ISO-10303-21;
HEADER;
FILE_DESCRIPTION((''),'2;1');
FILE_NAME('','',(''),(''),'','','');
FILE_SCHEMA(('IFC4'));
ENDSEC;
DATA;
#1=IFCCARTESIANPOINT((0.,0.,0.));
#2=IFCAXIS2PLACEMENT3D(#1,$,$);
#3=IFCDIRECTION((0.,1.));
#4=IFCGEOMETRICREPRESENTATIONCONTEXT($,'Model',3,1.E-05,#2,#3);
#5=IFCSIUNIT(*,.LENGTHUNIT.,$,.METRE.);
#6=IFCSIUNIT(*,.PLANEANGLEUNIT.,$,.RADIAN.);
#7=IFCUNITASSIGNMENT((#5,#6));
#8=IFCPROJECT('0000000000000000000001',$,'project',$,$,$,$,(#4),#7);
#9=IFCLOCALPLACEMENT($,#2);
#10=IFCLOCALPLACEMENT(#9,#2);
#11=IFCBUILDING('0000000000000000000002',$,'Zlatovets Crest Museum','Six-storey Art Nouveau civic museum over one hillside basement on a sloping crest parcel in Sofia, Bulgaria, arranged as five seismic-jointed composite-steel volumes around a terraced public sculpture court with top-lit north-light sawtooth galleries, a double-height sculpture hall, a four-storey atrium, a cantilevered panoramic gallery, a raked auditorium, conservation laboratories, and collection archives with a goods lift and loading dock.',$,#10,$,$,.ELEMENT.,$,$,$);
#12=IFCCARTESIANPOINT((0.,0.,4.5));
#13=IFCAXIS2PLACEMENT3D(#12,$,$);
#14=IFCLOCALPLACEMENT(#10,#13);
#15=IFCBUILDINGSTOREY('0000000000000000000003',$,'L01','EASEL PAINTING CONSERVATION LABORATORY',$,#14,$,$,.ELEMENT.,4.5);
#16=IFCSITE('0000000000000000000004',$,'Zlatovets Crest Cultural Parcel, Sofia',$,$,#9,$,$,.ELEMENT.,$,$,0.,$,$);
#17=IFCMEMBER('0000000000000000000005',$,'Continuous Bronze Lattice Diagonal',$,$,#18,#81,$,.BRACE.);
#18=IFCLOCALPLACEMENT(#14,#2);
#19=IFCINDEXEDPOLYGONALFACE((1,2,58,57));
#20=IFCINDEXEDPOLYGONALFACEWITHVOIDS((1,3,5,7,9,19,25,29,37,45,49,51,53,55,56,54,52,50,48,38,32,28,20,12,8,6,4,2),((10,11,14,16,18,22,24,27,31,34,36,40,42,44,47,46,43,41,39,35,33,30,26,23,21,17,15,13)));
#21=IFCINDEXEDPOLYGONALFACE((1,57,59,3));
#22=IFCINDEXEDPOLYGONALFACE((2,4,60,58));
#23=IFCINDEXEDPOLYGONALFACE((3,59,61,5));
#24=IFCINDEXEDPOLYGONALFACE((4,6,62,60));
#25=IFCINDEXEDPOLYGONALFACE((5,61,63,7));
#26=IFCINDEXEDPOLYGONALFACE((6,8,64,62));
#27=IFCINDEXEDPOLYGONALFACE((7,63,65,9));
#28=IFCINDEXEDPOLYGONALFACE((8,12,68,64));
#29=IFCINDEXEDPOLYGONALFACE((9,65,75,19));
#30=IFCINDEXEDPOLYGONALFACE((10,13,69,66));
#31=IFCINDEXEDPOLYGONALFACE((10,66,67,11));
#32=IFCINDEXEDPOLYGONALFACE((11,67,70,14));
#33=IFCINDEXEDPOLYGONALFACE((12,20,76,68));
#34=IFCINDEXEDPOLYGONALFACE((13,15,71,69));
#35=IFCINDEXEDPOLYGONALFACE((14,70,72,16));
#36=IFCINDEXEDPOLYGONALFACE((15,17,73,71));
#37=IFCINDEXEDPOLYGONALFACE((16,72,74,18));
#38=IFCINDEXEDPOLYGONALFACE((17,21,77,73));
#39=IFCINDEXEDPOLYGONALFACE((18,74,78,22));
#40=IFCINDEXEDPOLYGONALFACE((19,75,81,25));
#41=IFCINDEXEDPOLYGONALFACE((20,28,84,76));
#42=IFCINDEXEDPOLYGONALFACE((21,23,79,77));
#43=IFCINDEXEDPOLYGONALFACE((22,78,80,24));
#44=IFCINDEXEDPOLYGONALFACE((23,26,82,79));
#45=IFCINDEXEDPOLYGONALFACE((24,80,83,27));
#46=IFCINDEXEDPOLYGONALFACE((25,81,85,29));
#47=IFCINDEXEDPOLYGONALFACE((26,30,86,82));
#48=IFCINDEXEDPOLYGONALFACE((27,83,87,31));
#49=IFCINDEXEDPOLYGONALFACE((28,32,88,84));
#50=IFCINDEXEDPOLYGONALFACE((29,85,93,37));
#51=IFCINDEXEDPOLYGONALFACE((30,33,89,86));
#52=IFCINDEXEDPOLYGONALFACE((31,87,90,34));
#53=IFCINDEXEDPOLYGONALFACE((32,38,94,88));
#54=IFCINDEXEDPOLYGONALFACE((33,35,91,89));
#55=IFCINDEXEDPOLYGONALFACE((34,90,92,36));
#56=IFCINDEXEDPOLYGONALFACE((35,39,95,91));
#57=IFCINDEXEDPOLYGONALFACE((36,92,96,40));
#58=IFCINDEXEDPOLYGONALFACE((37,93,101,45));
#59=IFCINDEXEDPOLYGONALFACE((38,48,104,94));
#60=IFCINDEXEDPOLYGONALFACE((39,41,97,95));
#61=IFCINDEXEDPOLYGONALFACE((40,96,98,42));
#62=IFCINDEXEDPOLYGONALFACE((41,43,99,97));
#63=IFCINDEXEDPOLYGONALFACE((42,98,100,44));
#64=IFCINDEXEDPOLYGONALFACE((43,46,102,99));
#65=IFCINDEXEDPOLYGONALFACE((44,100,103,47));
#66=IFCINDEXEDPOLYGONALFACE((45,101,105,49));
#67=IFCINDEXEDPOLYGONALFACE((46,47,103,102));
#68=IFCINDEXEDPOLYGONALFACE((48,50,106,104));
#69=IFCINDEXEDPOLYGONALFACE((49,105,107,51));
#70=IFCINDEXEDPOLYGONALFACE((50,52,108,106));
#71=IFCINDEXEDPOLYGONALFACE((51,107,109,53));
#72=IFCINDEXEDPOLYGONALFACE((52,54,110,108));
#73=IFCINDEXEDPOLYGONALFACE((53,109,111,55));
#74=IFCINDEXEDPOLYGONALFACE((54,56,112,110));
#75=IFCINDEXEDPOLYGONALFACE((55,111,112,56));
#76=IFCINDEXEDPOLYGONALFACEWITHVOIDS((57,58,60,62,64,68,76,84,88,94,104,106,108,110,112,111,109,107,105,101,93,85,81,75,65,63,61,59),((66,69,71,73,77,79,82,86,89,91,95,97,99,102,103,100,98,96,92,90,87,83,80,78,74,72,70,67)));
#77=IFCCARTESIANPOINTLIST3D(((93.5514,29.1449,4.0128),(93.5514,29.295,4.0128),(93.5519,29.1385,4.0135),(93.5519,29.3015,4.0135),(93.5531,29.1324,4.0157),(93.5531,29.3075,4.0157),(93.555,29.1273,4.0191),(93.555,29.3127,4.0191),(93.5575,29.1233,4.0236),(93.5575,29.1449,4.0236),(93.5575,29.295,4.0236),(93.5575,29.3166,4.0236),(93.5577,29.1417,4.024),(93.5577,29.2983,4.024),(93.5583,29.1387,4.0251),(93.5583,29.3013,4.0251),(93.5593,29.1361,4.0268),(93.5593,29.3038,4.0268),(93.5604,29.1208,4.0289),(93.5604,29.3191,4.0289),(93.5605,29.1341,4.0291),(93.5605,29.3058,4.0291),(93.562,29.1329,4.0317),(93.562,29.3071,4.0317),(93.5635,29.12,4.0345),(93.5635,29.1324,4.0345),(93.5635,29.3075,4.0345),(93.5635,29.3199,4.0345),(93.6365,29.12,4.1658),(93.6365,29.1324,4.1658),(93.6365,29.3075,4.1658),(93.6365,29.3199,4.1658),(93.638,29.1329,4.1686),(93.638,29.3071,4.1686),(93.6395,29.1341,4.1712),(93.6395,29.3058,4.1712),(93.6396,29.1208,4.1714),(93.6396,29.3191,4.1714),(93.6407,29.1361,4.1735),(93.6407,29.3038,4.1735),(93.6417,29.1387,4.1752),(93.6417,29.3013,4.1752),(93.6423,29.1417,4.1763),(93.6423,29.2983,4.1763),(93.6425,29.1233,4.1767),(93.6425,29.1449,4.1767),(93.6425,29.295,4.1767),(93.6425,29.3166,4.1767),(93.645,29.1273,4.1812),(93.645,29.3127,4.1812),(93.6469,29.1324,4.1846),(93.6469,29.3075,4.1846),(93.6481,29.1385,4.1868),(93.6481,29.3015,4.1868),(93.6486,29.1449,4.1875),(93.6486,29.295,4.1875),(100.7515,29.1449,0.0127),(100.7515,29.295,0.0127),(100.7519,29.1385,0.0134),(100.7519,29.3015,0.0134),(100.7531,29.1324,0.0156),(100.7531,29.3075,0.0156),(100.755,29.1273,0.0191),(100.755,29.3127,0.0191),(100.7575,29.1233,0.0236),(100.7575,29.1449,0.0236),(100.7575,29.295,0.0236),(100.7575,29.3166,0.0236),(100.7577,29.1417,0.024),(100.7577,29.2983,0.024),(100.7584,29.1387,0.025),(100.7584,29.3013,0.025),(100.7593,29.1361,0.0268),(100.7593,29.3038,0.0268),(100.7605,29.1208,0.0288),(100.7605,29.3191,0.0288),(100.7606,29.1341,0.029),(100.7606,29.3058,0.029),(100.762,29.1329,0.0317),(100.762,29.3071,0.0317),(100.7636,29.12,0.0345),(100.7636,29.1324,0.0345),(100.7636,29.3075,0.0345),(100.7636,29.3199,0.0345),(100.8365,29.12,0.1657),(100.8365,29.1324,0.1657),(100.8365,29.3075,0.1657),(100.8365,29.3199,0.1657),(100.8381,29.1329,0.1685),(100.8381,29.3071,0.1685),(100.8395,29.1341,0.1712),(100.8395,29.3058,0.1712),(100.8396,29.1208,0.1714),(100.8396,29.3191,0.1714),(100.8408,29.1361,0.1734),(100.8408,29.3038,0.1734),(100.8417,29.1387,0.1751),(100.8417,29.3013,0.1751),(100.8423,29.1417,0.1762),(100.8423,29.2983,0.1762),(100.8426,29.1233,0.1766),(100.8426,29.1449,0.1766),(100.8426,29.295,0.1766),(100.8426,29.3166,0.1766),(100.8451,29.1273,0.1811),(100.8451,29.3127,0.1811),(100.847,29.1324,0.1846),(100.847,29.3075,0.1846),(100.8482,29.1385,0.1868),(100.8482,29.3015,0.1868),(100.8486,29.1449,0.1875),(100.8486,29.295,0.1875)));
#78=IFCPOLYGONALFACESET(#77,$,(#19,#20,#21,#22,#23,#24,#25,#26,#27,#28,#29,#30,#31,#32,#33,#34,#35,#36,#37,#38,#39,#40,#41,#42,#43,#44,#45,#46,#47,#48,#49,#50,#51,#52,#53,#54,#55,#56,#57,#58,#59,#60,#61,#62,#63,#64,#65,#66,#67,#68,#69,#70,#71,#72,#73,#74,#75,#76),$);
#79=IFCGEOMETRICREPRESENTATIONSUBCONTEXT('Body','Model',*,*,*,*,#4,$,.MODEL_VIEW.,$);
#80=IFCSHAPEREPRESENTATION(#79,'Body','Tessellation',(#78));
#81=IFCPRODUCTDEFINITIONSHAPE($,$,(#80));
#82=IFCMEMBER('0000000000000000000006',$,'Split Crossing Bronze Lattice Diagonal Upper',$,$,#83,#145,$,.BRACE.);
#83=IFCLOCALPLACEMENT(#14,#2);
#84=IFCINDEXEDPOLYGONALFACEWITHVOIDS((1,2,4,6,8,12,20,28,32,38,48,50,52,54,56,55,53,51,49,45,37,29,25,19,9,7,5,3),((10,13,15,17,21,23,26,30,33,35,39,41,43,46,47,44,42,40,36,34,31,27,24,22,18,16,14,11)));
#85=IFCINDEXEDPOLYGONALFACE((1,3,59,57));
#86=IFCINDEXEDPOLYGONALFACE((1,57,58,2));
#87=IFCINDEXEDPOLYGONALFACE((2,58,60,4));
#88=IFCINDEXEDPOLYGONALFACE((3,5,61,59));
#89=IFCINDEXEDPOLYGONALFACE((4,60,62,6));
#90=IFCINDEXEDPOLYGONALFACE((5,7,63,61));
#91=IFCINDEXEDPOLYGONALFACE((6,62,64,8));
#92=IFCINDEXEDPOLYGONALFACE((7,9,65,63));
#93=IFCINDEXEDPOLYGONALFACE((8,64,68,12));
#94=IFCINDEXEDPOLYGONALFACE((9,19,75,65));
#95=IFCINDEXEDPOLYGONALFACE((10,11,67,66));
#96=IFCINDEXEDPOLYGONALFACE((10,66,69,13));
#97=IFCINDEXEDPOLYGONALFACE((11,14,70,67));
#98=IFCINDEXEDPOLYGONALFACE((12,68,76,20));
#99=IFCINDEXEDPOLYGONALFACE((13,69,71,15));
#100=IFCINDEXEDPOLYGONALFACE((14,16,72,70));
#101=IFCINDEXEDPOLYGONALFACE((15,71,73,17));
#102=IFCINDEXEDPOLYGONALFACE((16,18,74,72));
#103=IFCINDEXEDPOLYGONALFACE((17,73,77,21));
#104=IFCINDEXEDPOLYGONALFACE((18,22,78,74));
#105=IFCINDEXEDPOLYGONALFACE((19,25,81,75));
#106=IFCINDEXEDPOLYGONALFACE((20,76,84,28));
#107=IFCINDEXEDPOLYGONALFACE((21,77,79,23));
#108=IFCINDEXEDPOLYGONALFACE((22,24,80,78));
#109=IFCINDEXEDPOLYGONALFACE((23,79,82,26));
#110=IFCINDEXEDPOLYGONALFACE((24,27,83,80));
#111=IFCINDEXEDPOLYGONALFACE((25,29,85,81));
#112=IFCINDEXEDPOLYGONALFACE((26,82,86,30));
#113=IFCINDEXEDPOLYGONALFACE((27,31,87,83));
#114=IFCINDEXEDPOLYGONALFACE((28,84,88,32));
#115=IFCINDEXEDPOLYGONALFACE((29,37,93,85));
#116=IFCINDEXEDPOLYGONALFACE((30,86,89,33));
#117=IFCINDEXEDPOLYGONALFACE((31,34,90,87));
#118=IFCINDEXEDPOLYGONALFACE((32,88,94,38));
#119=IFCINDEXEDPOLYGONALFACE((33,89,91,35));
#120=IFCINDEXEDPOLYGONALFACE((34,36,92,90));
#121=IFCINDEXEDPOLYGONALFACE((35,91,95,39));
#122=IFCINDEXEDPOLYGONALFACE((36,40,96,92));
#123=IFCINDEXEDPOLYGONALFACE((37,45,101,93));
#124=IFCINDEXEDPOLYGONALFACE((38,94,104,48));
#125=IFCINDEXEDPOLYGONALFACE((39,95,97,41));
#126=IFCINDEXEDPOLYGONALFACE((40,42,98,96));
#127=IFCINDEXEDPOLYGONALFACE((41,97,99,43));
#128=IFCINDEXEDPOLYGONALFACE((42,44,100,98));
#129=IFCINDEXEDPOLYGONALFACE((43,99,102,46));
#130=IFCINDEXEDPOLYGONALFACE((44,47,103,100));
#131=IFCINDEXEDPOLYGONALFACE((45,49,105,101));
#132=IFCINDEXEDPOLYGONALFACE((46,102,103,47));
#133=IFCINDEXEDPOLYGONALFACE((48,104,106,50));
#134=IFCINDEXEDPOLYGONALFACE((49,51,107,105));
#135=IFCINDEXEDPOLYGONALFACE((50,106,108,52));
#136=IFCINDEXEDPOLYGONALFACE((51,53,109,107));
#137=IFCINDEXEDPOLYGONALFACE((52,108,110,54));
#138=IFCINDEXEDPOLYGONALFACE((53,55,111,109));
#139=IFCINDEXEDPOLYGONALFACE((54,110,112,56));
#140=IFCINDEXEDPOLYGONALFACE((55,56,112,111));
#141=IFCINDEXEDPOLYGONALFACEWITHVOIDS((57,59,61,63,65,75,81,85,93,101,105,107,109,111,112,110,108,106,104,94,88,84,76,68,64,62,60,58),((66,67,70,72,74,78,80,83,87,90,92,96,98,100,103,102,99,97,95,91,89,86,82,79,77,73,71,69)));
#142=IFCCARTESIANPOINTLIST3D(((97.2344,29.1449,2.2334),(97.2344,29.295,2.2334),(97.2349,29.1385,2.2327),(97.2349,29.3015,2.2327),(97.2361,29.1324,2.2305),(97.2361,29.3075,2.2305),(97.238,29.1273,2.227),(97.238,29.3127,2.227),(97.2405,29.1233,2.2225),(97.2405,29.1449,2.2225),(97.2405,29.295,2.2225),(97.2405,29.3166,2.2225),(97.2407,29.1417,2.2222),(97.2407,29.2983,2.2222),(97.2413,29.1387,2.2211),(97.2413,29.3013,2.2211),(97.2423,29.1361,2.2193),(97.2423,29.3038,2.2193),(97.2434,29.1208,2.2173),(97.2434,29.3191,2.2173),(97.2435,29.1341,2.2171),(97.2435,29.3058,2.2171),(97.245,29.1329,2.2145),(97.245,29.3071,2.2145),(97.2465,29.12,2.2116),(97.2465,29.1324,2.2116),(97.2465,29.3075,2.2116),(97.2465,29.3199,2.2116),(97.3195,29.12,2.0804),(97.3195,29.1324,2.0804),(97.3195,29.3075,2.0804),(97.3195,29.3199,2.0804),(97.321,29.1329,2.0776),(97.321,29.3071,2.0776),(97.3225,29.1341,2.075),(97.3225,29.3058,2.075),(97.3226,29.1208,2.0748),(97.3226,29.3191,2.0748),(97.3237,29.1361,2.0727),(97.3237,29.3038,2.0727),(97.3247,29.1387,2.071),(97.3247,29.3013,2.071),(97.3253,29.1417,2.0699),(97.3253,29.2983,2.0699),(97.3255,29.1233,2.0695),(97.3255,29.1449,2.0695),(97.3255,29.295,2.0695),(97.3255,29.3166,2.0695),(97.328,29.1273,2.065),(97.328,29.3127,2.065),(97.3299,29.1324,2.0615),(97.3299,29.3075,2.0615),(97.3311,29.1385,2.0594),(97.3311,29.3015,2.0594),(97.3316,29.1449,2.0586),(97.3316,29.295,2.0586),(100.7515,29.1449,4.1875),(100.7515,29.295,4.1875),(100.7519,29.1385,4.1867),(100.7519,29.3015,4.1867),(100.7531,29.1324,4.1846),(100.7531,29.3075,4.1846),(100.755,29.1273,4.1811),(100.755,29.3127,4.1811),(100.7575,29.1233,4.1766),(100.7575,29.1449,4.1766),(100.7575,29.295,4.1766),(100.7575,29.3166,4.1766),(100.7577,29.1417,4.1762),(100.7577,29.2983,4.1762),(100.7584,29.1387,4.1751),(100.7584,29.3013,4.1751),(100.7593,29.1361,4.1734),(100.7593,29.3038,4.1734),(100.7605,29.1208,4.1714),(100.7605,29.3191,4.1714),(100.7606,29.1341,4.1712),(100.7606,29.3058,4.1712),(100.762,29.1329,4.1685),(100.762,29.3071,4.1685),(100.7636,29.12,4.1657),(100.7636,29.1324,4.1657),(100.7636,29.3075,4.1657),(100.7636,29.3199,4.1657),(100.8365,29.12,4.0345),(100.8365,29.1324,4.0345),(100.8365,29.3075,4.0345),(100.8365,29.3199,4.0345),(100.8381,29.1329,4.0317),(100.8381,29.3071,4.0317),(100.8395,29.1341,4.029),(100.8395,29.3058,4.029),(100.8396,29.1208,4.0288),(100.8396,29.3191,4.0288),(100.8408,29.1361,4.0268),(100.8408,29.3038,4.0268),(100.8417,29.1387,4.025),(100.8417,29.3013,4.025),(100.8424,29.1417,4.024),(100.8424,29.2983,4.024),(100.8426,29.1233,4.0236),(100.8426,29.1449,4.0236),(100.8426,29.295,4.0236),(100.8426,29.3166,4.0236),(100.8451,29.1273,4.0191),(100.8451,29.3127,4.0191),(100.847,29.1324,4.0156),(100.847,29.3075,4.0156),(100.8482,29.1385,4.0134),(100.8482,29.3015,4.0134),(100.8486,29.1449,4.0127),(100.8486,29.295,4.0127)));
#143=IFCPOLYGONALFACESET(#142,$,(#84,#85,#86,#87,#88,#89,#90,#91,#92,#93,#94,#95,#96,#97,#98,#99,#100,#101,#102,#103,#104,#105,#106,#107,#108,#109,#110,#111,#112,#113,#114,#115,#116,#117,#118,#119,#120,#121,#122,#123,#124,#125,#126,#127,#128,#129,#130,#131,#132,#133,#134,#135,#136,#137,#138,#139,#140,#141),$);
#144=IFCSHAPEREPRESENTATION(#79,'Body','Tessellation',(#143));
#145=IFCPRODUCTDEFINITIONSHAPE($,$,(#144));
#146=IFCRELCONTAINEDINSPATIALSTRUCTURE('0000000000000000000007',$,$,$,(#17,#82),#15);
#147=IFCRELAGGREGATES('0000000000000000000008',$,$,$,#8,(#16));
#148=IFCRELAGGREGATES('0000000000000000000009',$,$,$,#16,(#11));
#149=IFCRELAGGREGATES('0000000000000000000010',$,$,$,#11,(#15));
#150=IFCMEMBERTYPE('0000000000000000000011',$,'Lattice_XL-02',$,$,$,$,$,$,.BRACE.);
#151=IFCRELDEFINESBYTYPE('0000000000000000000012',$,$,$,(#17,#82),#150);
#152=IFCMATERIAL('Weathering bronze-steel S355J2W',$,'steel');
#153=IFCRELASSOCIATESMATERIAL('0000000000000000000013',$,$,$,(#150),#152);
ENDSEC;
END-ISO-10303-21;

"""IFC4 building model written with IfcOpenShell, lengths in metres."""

from ifc_helpers import new_model, si_unit, direction, frame, origin, origin_2d, place, context, subcontext, project, spatial, hollow_rectangle, extrude, material, material_profile, profile_set, type_object, element, save


model = new_model("IFC4")

# Units and contexts
model_context = context("Model", 3, precision=1e-05, world=origin(), true_north=direction((0.0, 1.0)))
body_context = subcontext(model_context, "Body", "Model", "MODEL_VIEW")
ifc_project = project(units=[si_unit("LENGTHUNIT", "METRE"), si_unit("PLANEANGLEUNIT", "RADIAN")], contexts=[model_context])

# Site, building, storey
site_placement = place(None, origin())
site = spatial("IfcSite", under=ifc_project, at=site_placement, Name="Zlatovets Crest Cultural Parcel, Sofia", CompositionType="ELEMENT", RefElevation=0.0)
building_placement = place(site_placement, origin())
building = spatial("IfcBuilding", under=site, at=building_placement, Name="Zlatovets Crest Museum", Description="Six-storey Art Nouveau civic museum over one hillside basement on a sloping crest parcel in Sofia, Bulgaria, arranged as five seismic-jointed composite-steel volumes around a terraced public sculpture court with top-lit north-light sawtooth galleries, a double-height sculpture hall, a four-storey atrium, a cantilevered panoramic gallery, a raked auditorium, conservation laboratories, and collection archives with a goods lift and loading dock.", CompositionType="ELEMENT")
storey_placement = place(building_placement, frame((0.0, 0.0, 4.5)))
storey = spatial("IfcBuildingStorey", under=building, at=storey_placement, Name="L01", Description="EASEL PAINTING CONSERVATION LABORATORY", CompositionType="ELEMENT", Elevation=4.5)

# Members
ifc_material_1 = material(Name="Weathering bronze-steel S355J2W", Category="steel")
ifc_material_profile_1 = material_profile(ifc_material_1, hollow_rectangle(XDim=0.2, YDim=0.2, WallThickness=0.0125, InnerFilletRadius=0.0125, OuterFilletRadius=0.0249, at=origin_2d()), Name="SHS 200x200x12.5")
ifc_profile_set_1 = profile_set([ifc_material_profile_1], Name="Weathering bronze-steel S355J2W")
member_type_1 = type_object("IfcMemberType", Name="Lattice_XL-02", PredefinedType="BRACE", material=ifc_profile_set_1)
member_1_placement = place(storey_placement, frame((100.8, 29.22, 0.1001), z_axis=(-0.874156, 0.0, 0.485645), x_axis=(0.0, -1.0, 0.0)))
element("IfcMember", 1, at=member_1_placement, inside=storey, type_object=member_type_1, Name="Continuous Bronze Lattice Diagonal", PredefinedType="BRACE", context=body_context, shape_type="SweptSolid", body=[
    extrude(hollow_rectangle(XDim=0.2, YDim=0.2, WallThickness=0.0125, InnerFilletRadius=0.0125, OuterFilletRadius=0.0249, at=origin_2d()), origin(), (0.0, 0.0, 1.0), 8.2366),
])
member_2_placement = place(storey_placement, frame((100.8, 29.22, 4.1001), z_axis=(-0.87414, 0.0, -0.485674), x_axis=(0.0, -1.0, 0.0)))
element("IfcMember", 2, at=member_2_placement, inside=storey, type_object=member_type_1, Name="Split Crossing Bronze Lattice Diagonal Upper", PredefinedType="BRACE", context=body_context, shape_type="SweptSolid", body=[
    extrude(hollow_rectangle(XDim=0.2, YDim=0.2, WallThickness=0.0125, InnerFilletRadius=0.0125, OuterFilletRadius=0.0249, at=origin_2d()), origin(), (0.0, 0.0, 1.0), 4.0234),
])

save(model, "model.ifc")
